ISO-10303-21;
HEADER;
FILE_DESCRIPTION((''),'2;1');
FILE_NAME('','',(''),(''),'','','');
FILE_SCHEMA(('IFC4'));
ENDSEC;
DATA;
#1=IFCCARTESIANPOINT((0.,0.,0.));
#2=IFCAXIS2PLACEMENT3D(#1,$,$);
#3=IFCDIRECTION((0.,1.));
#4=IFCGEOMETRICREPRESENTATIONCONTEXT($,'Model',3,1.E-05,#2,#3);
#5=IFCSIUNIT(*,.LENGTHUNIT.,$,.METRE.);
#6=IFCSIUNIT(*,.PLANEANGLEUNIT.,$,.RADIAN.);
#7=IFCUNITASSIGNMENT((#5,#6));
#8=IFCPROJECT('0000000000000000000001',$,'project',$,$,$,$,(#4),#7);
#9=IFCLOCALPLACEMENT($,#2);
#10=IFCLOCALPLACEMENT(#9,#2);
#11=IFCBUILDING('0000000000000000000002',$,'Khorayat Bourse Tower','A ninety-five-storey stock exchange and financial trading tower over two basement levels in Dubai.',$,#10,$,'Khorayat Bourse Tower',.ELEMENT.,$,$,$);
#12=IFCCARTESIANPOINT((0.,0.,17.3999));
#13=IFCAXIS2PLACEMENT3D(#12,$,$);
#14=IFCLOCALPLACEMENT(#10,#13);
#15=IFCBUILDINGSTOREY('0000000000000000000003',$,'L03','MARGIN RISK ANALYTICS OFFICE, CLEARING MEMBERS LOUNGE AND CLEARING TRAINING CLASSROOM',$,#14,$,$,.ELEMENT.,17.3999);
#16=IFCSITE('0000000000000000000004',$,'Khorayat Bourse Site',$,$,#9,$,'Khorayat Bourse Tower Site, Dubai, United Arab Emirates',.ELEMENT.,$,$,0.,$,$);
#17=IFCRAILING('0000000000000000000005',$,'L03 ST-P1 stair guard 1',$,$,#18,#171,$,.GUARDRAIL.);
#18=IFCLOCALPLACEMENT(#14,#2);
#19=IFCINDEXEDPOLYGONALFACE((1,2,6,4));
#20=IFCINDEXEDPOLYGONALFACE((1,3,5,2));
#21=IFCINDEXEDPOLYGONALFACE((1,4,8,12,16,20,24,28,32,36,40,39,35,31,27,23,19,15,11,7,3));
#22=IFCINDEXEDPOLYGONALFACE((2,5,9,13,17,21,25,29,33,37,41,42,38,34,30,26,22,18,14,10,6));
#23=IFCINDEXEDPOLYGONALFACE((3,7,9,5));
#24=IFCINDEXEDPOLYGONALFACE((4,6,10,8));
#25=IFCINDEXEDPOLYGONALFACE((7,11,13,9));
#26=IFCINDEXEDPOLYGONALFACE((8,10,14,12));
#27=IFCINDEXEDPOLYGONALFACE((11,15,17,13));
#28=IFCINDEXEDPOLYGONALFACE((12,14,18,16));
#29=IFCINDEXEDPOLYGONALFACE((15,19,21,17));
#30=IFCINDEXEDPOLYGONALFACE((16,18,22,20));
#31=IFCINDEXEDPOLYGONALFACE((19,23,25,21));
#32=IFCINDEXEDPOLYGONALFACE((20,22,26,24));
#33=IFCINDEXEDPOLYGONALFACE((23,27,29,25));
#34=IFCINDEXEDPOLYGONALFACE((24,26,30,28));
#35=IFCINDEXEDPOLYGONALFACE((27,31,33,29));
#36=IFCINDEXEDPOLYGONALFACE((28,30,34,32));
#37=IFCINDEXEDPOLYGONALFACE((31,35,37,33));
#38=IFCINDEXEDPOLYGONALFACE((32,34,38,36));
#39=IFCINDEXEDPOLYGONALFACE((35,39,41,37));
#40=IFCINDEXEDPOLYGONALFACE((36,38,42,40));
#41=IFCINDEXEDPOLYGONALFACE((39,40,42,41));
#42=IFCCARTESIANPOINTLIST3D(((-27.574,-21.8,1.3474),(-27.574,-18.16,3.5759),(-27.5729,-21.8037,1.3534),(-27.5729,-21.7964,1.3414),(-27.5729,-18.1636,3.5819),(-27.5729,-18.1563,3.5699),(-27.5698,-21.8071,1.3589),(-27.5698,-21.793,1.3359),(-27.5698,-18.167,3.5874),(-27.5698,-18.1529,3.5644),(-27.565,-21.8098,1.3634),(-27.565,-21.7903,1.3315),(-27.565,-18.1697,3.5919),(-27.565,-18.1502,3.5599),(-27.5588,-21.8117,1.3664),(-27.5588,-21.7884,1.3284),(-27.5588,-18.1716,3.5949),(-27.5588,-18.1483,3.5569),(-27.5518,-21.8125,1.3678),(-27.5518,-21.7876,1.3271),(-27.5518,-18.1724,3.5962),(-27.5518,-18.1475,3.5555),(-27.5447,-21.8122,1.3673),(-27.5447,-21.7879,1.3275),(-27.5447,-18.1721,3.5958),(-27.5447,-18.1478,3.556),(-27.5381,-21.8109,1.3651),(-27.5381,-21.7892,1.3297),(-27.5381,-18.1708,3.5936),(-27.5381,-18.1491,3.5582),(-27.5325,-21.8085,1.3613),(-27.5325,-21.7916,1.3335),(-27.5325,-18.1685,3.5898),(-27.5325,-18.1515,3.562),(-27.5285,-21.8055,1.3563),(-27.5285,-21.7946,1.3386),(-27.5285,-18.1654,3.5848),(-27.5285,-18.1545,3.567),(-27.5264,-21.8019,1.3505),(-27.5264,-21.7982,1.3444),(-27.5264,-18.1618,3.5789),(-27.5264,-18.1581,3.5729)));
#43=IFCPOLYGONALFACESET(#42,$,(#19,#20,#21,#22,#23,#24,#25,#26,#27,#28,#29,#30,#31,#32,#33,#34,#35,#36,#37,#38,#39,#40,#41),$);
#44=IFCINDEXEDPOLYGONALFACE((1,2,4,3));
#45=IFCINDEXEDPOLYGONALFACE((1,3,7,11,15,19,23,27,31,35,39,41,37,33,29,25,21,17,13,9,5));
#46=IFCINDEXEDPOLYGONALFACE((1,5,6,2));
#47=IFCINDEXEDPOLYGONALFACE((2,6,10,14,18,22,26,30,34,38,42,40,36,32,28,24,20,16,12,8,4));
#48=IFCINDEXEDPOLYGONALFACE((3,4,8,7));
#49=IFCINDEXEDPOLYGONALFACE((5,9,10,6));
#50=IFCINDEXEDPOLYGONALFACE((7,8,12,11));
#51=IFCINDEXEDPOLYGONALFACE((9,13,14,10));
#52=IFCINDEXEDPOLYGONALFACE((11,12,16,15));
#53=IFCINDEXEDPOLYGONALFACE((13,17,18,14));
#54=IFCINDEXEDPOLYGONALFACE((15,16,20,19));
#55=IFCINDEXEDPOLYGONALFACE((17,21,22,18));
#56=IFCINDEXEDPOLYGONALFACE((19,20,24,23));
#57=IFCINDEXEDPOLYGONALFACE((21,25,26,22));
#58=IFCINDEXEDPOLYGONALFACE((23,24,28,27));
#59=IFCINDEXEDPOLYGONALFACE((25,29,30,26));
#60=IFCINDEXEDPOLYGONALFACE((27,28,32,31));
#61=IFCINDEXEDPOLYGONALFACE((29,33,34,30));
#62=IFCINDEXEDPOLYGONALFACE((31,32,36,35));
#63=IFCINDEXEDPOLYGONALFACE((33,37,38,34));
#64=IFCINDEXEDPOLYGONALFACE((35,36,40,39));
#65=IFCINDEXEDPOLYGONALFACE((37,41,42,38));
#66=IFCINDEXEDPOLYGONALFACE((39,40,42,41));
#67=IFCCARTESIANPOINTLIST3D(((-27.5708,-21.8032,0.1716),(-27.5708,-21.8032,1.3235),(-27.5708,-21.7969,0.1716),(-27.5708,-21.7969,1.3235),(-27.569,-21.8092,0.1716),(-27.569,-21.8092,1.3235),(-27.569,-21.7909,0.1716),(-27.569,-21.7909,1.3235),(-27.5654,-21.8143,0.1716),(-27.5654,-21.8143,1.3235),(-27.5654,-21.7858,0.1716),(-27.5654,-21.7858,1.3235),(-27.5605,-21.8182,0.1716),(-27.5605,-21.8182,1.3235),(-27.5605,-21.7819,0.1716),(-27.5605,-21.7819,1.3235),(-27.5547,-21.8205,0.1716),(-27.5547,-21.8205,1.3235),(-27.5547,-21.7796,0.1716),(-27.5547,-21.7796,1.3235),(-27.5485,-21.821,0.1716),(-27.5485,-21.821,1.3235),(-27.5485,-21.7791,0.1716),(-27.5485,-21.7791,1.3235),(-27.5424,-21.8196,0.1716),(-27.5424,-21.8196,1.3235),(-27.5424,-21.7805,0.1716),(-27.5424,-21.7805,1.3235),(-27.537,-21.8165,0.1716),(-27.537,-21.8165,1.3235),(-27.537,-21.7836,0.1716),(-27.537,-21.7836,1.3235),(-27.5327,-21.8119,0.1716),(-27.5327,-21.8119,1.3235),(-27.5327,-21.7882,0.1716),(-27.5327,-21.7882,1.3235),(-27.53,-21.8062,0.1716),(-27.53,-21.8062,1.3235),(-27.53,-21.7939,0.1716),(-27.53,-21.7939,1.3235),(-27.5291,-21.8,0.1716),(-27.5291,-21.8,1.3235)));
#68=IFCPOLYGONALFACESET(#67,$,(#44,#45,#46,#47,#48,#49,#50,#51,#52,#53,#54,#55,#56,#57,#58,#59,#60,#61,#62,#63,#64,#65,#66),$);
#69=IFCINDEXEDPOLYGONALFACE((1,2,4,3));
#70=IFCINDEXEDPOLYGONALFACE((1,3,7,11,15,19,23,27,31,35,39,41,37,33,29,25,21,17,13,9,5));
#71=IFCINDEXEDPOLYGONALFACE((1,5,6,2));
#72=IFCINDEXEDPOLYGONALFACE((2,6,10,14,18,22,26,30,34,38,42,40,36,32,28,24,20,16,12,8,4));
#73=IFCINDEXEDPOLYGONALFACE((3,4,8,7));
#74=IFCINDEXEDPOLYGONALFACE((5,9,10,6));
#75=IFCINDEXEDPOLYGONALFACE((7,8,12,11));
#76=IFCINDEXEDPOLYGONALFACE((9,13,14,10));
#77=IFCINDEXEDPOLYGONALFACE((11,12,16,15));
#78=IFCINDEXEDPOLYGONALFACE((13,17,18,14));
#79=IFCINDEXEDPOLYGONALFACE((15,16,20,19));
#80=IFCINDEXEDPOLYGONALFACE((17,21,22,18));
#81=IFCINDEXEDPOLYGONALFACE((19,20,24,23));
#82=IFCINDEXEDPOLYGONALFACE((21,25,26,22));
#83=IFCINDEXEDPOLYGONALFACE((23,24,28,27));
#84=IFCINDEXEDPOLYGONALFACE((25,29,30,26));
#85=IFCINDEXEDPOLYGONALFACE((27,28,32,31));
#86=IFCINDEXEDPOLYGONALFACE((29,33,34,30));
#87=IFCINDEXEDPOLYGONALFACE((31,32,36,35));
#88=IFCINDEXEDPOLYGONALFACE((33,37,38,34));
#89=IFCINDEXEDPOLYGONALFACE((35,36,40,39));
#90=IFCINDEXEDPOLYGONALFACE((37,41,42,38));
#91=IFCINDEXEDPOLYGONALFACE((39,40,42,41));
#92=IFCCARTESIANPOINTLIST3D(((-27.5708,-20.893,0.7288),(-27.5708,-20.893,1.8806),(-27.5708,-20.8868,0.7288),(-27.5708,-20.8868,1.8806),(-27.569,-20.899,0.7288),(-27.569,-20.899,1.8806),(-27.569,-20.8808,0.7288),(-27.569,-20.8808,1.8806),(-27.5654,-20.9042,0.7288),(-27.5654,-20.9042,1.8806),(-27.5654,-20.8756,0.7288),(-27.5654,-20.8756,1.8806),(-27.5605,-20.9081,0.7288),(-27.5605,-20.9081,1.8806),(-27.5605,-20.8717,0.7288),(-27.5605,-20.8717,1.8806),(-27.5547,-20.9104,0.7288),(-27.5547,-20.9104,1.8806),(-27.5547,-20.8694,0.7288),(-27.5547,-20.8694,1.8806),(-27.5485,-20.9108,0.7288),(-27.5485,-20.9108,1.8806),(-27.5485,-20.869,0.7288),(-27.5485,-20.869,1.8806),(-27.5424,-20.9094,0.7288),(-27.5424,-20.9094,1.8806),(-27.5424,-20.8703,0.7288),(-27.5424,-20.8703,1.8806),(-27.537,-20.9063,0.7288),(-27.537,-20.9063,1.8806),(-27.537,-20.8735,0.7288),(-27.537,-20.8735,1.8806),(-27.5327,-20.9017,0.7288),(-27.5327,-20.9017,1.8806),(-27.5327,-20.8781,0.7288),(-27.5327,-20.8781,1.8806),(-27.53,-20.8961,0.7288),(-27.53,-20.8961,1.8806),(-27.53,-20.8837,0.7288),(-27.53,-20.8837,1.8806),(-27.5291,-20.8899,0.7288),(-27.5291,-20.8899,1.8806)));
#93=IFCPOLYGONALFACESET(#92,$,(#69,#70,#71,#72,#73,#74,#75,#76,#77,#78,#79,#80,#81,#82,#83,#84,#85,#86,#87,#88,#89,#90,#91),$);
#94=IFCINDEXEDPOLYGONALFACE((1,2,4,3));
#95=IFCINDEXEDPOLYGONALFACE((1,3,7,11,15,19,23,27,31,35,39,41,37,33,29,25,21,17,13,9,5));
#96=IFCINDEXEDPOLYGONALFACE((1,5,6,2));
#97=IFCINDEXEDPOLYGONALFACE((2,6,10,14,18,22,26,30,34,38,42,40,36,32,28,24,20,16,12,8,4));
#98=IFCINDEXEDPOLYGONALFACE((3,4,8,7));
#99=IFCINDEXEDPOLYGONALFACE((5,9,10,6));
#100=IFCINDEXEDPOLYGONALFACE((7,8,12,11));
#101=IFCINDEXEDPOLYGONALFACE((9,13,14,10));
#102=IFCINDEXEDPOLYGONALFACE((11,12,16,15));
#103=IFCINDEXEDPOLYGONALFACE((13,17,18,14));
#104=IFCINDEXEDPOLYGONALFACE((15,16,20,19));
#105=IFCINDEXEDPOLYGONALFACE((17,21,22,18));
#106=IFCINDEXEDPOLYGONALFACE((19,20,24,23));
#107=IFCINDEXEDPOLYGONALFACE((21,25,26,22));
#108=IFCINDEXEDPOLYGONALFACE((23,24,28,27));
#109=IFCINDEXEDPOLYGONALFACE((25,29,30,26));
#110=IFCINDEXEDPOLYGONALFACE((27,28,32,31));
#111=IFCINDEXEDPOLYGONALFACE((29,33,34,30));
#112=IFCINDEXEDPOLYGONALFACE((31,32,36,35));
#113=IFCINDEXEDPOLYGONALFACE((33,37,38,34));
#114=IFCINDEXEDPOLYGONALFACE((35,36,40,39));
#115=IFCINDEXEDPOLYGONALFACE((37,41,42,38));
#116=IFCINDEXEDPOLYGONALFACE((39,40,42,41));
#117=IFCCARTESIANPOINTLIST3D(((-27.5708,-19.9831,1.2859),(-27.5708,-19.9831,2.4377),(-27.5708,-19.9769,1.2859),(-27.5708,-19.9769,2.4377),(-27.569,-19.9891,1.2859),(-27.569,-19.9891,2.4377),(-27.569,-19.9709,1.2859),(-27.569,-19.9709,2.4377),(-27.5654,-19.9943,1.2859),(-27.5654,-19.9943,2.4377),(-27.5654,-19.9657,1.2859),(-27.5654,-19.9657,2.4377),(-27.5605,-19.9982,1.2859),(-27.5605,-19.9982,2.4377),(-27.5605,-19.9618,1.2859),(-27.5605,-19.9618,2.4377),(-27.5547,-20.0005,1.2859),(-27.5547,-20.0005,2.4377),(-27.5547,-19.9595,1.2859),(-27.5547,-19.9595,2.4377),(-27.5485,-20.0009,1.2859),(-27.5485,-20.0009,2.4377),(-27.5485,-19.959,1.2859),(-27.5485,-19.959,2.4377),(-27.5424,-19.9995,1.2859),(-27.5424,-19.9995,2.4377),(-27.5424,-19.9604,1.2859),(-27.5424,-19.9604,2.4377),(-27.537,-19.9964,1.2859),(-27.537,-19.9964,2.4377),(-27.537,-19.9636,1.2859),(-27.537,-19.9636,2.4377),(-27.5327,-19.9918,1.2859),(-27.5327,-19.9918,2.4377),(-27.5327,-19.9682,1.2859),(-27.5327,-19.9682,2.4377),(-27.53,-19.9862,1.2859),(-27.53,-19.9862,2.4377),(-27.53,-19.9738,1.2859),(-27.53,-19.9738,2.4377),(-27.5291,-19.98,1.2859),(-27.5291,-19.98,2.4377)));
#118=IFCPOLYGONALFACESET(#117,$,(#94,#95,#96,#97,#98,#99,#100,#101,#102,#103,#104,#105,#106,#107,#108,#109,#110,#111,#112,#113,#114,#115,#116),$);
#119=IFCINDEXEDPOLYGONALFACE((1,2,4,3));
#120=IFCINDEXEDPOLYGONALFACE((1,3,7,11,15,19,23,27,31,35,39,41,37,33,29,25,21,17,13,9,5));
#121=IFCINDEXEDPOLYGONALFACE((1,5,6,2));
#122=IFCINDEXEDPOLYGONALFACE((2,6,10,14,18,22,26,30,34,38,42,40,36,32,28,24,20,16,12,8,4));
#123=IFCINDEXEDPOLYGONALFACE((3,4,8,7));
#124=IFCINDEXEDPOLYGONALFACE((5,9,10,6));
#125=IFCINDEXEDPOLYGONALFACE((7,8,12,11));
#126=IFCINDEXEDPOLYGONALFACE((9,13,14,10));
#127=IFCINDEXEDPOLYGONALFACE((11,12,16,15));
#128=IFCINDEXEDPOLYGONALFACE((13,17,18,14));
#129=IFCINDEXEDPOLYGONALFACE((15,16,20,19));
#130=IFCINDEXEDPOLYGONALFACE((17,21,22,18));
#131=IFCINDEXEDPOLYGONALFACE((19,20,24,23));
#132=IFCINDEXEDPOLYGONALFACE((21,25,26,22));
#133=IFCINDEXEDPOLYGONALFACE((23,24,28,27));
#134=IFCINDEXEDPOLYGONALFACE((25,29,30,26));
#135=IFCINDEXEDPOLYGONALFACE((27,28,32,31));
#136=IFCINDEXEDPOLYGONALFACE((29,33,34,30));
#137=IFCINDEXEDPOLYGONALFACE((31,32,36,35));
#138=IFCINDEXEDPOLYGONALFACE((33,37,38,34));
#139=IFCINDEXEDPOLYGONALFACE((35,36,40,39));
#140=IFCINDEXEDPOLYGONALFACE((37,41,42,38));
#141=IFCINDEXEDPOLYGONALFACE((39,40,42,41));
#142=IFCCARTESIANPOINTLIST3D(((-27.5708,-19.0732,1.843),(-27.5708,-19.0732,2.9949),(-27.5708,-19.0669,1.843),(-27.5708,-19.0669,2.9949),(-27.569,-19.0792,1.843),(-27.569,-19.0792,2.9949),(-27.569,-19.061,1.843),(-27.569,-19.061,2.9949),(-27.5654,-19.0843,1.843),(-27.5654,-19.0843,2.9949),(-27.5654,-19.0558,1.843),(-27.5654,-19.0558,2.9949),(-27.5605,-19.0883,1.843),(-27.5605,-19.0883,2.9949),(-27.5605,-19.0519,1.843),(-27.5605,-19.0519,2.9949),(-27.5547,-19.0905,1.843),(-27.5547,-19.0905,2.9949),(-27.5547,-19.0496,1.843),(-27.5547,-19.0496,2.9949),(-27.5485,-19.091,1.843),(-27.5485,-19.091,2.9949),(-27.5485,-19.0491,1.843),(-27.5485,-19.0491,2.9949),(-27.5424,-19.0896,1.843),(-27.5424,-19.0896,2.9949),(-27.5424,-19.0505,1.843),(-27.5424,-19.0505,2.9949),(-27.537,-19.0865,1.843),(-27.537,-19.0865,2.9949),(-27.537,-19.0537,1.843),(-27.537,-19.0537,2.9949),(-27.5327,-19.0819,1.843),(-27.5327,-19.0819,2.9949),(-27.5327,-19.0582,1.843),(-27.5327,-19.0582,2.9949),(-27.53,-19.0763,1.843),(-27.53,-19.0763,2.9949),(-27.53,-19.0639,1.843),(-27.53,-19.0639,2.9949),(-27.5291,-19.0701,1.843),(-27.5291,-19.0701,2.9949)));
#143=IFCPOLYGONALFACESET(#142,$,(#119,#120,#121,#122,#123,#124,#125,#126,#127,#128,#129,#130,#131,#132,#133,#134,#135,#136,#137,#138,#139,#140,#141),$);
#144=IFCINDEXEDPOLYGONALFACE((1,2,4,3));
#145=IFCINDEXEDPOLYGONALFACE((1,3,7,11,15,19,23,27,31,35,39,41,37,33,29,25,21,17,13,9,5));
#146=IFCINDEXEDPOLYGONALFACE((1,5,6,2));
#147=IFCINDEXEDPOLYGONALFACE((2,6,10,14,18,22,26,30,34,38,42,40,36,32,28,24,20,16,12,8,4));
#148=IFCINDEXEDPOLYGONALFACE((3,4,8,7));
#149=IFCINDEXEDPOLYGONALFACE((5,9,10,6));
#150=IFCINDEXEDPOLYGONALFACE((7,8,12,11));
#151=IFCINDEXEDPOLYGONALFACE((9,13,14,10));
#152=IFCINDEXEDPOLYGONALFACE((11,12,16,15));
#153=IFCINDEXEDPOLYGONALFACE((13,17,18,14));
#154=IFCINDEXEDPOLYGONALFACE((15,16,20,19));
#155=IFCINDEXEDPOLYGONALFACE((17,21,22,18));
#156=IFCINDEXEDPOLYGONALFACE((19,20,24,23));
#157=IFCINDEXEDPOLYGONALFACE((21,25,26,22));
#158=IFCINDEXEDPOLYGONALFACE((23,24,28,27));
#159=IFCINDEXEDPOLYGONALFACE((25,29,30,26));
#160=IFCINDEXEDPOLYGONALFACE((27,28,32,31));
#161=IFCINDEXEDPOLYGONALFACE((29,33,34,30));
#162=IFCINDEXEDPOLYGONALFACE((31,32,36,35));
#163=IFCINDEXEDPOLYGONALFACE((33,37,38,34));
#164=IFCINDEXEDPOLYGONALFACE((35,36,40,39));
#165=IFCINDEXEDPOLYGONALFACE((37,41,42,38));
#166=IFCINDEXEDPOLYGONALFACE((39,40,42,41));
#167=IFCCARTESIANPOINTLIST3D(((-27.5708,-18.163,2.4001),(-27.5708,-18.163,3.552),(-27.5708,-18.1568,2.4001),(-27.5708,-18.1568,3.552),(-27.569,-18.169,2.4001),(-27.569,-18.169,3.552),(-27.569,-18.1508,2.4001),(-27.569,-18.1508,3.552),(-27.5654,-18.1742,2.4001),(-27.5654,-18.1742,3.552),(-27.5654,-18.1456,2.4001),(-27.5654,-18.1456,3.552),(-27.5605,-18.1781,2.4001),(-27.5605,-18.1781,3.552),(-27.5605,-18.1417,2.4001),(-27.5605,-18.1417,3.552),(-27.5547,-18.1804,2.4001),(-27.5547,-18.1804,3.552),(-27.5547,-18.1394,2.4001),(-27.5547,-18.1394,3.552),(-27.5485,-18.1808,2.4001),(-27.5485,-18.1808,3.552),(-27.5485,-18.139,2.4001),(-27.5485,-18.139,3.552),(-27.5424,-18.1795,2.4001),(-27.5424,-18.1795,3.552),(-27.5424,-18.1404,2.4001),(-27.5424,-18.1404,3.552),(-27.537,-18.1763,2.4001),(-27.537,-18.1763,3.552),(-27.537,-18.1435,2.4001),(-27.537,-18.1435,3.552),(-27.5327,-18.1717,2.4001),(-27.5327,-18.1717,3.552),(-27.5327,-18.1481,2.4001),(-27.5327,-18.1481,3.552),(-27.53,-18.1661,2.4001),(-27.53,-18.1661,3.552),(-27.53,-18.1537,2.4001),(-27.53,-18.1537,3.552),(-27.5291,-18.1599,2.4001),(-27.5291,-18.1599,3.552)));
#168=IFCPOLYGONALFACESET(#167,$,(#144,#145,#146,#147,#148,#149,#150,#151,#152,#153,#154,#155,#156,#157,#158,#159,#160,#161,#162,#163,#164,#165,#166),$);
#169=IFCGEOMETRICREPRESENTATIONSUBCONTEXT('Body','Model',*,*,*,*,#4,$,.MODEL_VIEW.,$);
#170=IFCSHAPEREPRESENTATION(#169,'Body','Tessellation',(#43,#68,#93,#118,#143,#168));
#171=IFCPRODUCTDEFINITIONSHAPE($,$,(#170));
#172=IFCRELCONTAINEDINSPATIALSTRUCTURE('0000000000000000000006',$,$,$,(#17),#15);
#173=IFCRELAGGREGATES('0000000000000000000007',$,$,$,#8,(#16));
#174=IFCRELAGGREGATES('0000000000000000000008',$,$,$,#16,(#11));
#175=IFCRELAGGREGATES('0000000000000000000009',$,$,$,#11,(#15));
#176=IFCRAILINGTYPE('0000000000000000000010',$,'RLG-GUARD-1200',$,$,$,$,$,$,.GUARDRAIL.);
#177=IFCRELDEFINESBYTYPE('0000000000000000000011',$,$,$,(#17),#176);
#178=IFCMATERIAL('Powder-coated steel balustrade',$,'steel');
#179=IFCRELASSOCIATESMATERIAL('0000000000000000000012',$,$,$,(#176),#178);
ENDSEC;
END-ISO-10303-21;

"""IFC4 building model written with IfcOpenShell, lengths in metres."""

from ifc_helpers import new_model, si_unit, direction, frame, origin, origin_2d, place, context, subcontext, project, spatial, circle, extrude, source, transform, mapped, material, type_object, element, save


model = new_model("IFC4")

# Units and contexts
model_context = context("Model", 3, precision=1e-05, world=origin(), true_north=direction((0.0, 1.0)))
body_context = subcontext(model_context, "Body", "Model", "MODEL_VIEW")
ifc_project = project(units=[si_unit("LENGTHUNIT", "METRE"), si_unit("PLANEANGLEUNIT", "RADIAN")], contexts=[model_context])

# Site, building, storey
site_placement = place(None, origin())
site = spatial("IfcSite", under=ifc_project, at=site_placement, Name="Khorayat Bourse Site", LongName="Khorayat Bourse Tower Site, Dubai, United Arab Emirates", CompositionType="ELEMENT", RefElevation=0.0)
building_placement = place(site_placement, origin())
building = spatial("IfcBuilding", under=site, at=building_placement, Name="Khorayat Bourse Tower", Description="A ninety-five-storey stock exchange and financial trading tower over two basement levels in Dubai.", LongName="Khorayat Bourse Tower", CompositionType="ELEMENT")
storey_placement = place(building_placement, frame((0.0, 0.0, 17.3999)))
storey = spatial("IfcBuildingStorey", under=building, at=storey_placement, Name="L03", Description="MARGIN RISK ANALYTICS OFFICE, CLEARING MEMBERS LOUNGE AND CLEARING TRAINING CLASSROOM", CompositionType="ELEMENT", Elevation=17.3999)

# Railing
ifc_material_1 = material(Name="Powder-coated steel balustrade", Category="steel")
railing_type_1 = type_object("IfcRailingType", Name="RLG-GUARD-1200", PredefinedType="GUARDRAIL", material=ifc_material_1)
shared_shape_1 = source(origin(), body_context, "Body", "SweptSolid", [
    extrude(circle(Radius=0.0239, at=origin_2d()), frame((0.0, 0.0, 1.1758), z_axis=(0.0, 0.852866, 0.52213), x_axis=(-1.0, 0.0, 0.0)), (0.0, 0.0, 1.0), 4.2681),
    extrude(circle(Radius=0.021, at=origin_2d()), origin(), (0.0, 0.0, 1.0), 1.1519),
    extrude(circle(Radius=0.021, at=origin_2d()), frame((0.0, 0.9102, 0.5571)), (0.0, 0.0, 1.0), 1.1519),
    extrude(circle(Radius=0.021, at=origin_2d()), frame((0.0, 1.8201, 1.1143)), (0.0, 0.0, 1.0), 1.1519),
    extrude(circle(Radius=0.021, at=origin_2d()), frame((0.0, 2.73, 1.6714)), (0.0, 0.0, 1.0), 1.1519),
    extrude(circle(Radius=0.021, at=origin_2d()), frame((0.0, 3.6401, 2.2285)), (0.0, 0.0, 1.0), 1.1519),
])
railing_1_placement = place(storey_placement, frame((-27.55, -21.8, 0.1716)))
element("IfcRailing", 1, at=railing_1_placement, inside=storey, type_object=railing_type_1, Name="L03 ST-P1 stair guard 1", PredefinedType="GUARDRAIL", context=body_context, shape_type="MappedRepresentation", body=[
    mapped(shared_shape_1, transform((0.0, 0.0, 0.0), scale=1.0)),
])

save(model, "model.ifc")
